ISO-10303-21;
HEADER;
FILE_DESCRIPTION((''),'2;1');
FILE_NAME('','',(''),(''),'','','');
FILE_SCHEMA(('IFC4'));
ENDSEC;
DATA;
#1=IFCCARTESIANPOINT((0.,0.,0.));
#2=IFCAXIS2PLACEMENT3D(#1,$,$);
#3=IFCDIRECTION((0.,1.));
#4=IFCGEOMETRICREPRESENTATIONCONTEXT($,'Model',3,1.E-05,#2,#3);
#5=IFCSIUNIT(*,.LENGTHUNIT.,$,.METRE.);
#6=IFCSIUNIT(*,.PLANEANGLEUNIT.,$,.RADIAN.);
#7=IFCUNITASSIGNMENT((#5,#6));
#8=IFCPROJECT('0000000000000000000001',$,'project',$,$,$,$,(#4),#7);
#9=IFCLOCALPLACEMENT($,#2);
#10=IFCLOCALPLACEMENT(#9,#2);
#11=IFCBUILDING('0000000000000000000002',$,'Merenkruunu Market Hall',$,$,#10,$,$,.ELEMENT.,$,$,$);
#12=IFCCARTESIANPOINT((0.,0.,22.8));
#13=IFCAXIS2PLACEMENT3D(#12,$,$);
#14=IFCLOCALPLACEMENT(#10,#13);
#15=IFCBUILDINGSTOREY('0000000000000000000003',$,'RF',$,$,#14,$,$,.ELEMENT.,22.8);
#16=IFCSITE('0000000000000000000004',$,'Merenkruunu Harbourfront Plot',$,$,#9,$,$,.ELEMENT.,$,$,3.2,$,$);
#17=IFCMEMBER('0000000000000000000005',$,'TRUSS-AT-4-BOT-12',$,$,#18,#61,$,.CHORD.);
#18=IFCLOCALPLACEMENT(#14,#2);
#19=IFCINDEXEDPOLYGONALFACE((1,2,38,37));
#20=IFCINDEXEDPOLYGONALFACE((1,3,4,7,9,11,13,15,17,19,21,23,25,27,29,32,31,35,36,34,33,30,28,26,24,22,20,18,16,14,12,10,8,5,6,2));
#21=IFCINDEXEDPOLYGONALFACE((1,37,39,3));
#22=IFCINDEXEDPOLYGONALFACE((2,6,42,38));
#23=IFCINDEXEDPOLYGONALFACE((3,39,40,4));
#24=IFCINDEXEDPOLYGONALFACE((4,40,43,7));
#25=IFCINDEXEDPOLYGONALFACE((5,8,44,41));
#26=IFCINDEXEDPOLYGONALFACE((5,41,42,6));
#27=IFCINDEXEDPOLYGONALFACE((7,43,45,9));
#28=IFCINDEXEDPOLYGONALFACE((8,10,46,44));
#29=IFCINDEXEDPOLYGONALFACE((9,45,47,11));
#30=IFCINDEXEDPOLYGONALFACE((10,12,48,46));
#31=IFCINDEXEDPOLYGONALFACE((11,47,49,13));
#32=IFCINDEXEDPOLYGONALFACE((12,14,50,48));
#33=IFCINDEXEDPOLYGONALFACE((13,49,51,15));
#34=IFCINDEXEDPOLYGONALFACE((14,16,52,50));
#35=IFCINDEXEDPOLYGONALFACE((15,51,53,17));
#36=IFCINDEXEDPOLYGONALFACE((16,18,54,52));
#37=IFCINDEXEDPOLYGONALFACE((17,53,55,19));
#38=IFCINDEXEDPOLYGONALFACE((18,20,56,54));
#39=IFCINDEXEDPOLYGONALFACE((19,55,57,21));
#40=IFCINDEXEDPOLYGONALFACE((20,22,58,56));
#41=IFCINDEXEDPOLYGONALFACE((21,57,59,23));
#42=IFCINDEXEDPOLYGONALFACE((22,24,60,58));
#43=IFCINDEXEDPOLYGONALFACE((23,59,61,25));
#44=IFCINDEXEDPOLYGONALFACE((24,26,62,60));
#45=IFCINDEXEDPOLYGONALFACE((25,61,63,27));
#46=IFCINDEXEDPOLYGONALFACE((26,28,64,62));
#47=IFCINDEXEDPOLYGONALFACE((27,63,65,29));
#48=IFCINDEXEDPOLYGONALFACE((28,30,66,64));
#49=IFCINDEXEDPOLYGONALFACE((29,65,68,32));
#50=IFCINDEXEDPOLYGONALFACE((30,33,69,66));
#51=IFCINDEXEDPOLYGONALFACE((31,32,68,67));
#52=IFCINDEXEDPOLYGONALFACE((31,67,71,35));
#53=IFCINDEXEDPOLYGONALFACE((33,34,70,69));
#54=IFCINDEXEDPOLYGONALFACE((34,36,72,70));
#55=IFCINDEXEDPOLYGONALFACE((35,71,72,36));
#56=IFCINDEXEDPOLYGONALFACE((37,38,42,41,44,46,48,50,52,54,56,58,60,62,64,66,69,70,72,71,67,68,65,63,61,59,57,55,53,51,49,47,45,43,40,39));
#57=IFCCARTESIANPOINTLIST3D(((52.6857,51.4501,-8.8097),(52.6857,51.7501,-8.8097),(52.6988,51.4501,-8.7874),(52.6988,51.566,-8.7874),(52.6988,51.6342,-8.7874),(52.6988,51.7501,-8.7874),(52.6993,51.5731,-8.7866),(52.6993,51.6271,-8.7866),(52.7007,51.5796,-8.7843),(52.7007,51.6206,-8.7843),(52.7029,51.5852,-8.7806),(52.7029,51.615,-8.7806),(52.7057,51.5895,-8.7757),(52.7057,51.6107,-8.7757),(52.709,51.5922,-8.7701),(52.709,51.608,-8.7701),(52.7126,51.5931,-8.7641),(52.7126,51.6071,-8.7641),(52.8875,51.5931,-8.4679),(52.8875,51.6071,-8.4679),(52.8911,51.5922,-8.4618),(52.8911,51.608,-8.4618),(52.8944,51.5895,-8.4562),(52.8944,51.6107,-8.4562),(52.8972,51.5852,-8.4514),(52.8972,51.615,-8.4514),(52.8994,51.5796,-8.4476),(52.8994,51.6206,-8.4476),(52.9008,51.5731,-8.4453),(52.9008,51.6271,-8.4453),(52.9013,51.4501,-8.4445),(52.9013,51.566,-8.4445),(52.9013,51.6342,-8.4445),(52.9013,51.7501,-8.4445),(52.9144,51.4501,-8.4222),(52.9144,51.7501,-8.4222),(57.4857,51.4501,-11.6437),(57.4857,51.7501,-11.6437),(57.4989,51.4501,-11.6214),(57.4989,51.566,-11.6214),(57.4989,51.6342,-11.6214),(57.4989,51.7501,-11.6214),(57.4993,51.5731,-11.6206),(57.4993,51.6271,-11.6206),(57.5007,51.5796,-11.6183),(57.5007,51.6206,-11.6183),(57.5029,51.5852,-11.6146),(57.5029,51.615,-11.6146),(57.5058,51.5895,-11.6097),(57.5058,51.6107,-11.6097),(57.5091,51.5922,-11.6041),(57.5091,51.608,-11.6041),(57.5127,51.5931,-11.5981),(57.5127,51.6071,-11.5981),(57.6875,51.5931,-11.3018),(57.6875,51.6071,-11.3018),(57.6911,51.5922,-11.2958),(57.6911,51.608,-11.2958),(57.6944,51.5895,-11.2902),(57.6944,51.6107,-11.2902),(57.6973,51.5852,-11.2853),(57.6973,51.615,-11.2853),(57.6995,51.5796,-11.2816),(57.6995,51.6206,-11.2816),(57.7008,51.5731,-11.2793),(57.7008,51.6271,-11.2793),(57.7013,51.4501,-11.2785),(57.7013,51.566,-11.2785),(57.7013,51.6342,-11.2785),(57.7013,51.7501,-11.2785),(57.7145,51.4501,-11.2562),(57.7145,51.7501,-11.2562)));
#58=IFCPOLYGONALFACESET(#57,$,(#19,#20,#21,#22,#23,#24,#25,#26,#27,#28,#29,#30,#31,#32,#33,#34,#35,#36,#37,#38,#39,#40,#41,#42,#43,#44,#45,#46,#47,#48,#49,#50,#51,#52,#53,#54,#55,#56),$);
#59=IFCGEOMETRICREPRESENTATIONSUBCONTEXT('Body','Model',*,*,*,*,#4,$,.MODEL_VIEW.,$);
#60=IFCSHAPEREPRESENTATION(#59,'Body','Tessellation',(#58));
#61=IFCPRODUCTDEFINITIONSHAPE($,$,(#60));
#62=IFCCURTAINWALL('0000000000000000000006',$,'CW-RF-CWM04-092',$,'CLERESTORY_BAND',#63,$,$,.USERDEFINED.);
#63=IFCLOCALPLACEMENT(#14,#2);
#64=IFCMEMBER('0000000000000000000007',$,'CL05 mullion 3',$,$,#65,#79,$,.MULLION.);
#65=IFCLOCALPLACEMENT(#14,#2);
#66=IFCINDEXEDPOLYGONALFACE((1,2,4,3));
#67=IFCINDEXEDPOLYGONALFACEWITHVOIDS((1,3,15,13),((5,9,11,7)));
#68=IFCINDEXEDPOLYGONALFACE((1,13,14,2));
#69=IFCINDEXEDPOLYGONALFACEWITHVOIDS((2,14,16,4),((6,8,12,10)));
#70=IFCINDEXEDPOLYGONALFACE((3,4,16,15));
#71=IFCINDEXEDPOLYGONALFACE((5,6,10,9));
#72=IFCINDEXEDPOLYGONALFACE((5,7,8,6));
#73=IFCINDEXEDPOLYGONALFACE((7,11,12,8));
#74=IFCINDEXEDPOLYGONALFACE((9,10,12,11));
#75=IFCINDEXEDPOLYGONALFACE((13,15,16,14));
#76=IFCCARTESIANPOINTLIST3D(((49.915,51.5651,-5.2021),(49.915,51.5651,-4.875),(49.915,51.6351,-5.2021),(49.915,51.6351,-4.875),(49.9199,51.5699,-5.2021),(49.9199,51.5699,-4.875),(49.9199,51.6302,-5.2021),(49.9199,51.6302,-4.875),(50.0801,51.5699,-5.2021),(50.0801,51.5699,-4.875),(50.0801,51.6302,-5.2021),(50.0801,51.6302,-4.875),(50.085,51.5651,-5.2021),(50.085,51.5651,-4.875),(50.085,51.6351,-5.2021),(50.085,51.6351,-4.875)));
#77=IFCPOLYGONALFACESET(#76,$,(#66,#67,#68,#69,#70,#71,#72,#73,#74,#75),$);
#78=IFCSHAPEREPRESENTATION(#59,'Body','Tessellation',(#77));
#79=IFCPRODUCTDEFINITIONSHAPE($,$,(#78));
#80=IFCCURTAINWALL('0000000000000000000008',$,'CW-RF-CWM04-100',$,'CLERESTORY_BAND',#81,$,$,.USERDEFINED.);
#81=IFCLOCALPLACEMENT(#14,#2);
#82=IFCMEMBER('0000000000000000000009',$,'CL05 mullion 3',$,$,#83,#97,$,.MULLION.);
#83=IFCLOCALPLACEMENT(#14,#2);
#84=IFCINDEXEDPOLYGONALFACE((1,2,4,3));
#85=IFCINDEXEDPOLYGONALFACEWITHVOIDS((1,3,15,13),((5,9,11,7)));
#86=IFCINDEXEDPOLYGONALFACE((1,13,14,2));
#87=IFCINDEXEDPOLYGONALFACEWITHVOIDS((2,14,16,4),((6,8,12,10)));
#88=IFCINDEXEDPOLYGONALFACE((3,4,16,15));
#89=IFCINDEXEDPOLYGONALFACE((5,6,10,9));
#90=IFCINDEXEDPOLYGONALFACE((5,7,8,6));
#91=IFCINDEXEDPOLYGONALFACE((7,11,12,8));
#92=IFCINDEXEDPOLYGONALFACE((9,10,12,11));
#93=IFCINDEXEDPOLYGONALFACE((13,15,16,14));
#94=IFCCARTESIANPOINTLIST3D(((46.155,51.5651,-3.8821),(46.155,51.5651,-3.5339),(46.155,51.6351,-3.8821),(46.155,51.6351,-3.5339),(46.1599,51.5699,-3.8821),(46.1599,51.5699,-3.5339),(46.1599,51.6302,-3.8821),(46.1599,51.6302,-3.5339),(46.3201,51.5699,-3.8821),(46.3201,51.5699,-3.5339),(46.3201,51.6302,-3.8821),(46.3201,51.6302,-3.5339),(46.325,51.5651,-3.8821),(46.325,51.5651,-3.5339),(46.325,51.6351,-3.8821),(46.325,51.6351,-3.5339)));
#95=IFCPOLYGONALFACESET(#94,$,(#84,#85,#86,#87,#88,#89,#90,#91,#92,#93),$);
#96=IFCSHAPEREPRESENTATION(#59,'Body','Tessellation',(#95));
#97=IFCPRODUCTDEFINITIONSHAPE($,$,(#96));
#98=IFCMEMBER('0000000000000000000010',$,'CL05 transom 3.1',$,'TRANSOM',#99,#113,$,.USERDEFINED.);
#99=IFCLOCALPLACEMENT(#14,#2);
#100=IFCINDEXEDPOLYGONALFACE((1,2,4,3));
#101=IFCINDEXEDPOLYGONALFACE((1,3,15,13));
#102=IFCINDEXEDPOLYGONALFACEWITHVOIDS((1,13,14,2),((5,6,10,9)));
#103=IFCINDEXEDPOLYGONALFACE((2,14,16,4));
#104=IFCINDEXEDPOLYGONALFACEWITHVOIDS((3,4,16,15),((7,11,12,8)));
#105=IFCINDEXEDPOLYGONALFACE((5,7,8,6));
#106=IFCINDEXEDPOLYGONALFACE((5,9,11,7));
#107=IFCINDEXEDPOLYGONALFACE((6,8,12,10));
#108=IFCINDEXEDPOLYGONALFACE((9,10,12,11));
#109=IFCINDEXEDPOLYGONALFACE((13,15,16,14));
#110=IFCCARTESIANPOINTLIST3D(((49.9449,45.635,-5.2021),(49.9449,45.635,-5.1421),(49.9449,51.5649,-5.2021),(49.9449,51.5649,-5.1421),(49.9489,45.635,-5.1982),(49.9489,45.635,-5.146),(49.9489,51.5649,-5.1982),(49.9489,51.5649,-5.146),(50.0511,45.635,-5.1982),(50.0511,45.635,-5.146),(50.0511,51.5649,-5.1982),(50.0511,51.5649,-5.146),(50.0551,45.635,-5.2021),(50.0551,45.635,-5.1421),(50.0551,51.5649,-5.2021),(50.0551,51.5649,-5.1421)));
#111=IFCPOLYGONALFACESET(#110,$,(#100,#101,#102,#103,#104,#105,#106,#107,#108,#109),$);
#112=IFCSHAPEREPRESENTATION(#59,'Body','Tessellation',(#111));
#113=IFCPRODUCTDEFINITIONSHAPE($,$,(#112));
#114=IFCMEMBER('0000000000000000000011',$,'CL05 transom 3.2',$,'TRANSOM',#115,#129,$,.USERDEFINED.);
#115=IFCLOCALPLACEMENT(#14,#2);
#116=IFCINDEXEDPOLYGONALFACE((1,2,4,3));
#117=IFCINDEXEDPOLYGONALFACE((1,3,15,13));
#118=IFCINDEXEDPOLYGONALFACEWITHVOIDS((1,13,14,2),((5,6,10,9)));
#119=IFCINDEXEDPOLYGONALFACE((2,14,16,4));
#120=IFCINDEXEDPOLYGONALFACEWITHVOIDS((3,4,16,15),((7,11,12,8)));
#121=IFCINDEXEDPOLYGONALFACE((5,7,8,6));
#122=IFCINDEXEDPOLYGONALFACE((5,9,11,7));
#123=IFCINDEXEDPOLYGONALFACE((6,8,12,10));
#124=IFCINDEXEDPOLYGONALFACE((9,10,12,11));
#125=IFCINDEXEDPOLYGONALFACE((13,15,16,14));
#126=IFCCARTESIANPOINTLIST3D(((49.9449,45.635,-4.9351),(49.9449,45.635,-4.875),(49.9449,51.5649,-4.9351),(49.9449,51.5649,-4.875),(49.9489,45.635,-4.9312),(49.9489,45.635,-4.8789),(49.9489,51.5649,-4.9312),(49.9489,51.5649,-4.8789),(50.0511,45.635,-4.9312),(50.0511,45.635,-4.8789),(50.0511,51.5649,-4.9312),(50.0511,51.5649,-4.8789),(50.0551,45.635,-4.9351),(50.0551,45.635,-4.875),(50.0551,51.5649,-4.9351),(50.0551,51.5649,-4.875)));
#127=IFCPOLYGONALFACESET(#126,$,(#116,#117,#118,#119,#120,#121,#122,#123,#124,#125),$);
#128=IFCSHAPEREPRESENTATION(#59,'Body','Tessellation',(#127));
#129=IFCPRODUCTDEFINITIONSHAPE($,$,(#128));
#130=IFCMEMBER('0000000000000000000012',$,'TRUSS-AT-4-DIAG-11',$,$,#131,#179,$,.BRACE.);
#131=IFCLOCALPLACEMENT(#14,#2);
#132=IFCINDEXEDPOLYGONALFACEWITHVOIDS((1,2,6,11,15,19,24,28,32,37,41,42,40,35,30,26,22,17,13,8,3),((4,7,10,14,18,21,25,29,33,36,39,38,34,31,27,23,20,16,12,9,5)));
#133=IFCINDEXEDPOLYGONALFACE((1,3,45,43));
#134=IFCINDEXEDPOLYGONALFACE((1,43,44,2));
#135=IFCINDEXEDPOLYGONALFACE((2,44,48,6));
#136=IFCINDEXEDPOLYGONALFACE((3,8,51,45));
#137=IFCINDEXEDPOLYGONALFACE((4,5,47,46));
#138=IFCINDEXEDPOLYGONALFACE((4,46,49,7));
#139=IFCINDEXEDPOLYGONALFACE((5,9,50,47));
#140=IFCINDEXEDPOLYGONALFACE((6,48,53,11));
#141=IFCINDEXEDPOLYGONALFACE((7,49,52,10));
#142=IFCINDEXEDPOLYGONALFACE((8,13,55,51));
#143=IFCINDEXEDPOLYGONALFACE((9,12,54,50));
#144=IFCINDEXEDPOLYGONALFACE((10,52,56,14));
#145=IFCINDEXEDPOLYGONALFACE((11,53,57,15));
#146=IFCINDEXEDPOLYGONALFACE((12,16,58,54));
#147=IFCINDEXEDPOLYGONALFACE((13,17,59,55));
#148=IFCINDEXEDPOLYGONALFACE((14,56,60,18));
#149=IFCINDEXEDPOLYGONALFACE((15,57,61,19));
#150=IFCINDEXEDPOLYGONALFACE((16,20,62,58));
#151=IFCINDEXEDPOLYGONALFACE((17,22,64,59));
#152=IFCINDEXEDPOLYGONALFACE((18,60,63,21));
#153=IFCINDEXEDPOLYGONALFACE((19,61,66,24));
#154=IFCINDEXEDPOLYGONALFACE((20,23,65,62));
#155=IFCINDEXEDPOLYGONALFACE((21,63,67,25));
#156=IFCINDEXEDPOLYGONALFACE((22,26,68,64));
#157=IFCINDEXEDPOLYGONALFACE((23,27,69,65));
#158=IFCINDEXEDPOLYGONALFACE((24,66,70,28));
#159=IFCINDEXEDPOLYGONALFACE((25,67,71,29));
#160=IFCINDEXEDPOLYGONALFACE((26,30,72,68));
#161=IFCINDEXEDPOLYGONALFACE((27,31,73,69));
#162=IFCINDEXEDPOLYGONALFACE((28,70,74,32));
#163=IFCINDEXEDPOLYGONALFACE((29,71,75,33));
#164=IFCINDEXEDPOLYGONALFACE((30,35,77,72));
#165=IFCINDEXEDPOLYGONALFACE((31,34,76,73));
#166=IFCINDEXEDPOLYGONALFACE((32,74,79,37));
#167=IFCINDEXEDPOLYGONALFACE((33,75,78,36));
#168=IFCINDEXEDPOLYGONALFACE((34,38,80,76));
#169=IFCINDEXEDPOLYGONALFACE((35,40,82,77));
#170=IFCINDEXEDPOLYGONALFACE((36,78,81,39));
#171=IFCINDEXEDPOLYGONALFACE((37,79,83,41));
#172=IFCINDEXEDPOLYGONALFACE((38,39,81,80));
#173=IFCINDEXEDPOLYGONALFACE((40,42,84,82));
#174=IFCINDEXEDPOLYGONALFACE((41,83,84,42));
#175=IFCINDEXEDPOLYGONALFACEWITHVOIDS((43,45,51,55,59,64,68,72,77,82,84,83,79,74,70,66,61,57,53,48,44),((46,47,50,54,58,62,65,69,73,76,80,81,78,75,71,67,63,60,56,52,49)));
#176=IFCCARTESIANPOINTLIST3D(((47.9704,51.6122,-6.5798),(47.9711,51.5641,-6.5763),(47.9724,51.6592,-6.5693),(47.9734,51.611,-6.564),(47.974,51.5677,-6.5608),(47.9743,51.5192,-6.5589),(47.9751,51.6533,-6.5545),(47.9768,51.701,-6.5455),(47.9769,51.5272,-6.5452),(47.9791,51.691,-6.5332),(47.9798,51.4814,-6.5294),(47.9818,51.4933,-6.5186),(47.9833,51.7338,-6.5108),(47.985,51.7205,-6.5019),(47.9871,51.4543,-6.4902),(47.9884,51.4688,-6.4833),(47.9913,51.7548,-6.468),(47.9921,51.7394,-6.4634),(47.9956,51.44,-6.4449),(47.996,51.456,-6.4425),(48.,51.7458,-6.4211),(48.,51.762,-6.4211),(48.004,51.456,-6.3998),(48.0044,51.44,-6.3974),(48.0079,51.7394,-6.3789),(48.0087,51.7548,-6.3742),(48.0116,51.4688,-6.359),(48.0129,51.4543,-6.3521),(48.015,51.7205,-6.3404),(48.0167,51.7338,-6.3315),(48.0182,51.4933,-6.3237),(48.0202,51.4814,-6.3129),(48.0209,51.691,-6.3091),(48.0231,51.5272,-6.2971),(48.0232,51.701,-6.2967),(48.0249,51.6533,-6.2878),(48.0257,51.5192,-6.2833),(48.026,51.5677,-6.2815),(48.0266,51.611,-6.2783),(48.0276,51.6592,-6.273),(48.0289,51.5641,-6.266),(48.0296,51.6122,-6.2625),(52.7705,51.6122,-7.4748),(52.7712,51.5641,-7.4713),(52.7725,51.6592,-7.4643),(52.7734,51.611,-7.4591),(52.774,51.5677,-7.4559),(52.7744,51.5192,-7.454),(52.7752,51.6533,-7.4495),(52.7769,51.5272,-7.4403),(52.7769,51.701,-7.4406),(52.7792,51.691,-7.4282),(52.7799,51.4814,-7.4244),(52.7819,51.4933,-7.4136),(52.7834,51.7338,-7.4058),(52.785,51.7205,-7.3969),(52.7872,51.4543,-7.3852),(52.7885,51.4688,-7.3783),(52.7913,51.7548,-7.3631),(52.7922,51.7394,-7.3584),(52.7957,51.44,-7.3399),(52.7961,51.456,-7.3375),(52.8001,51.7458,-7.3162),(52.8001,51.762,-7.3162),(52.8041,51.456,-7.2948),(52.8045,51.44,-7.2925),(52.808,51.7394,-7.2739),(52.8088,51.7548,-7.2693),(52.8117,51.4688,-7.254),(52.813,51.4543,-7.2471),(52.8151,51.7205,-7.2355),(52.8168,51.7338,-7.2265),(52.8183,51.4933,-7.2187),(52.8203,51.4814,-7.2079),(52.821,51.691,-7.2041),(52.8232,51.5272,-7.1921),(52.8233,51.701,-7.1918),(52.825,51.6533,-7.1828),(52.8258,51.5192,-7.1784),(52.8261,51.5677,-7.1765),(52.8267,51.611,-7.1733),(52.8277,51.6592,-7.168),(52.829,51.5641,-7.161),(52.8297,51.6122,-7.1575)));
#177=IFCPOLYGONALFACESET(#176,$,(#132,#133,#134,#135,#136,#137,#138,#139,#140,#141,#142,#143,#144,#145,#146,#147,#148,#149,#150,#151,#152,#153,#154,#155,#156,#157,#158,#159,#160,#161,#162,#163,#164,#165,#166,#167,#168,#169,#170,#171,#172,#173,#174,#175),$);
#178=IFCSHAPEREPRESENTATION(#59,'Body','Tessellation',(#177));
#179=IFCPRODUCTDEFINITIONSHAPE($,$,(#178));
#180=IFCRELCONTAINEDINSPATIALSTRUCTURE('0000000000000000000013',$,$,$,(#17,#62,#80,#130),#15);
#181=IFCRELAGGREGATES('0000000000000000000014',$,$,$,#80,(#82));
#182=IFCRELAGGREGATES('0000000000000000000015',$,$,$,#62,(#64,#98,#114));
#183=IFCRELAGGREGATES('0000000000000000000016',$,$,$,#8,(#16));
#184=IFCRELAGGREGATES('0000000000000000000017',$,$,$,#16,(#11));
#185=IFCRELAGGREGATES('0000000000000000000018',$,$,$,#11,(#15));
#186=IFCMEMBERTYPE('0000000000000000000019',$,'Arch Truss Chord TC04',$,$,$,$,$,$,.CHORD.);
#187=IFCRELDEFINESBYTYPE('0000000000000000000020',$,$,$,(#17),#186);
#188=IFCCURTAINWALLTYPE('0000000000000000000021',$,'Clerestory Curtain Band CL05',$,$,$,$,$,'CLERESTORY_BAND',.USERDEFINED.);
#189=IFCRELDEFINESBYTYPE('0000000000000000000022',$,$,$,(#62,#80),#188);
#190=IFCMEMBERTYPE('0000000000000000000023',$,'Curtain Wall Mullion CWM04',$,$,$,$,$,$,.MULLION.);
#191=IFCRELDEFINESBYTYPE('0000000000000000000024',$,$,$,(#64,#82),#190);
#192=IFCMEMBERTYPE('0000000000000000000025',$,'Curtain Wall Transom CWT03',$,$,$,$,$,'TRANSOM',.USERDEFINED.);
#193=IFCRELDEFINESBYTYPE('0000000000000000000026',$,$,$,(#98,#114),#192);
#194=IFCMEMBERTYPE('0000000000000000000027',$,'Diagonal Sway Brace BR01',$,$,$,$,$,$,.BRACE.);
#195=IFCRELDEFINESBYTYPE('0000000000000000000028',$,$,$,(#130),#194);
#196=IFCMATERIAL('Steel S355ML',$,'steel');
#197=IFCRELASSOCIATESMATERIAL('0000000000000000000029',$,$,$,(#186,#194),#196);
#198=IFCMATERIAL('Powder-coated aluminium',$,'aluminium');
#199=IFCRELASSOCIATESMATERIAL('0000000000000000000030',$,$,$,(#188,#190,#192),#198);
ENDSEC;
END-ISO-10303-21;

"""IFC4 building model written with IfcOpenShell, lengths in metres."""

from ifc_helpers import new_model, si_unit, direction, frame, origin, origin_2d, place, context, subcontext, project, spatial, hollow_rectangle, hollow_circle, i_section, extrude, material, material_profile, profile_set, type_object, element, aggregate, save


model = new_model("IFC4")

# Units and contexts
model_context = context("Model", 3, precision=1e-05, world=origin(), true_north=direction((0.0, 1.0)))
body_context = subcontext(model_context, "Body", "Model", "MODEL_VIEW")
ifc_project = project(units=[si_unit("LENGTHUNIT", "METRE"), si_unit("PLANEANGLEUNIT", "RADIAN")], contexts=[model_context])

# Site, building, storey
site_placement = place(None, origin())
site = spatial("IfcSite", under=ifc_project, at=site_placement, Name="Merenkruunu Harbourfront Plot", CompositionType="ELEMENT", RefElevation=3.2)
building_placement = place(site_placement, origin())
building = spatial("IfcBuilding", under=site, at=building_placement, Name="Merenkruunu Market Hall", CompositionType="ELEMENT")
storey_placement = place(building_placement, frame((0.0, 0.0, 22.8)))
storey = spatial("IfcBuildingStorey", under=building, at=storey_placement, Name="RF", CompositionType="ELEMENT", Elevation=22.8)

# Member
ifc_material_1 = material(Name="Steel S355ML", Category="steel")
ifc_material_profile_1 = material_profile(ifc_material_1, i_section(OverallWidth=0.3, OverallDepth=0.45, WebThickness=0.0139, FlangeThickness=0.0259, FilletRadius=0.0271, at=origin_2d()), Name="HEB 450")
ifc_profile_set_1 = profile_set([ifc_material_profile_1], Name="Steel S355ML")
member_type_1 = type_object("IfcMemberType", Name="Arch Truss Chord TC04", PredefinedType="CHORD", material=ifc_profile_set_1)
member_1_placement = place(storey_placement, frame((52.8, 51.6001, -8.616), z_axis=(0.861116, 0.0, -0.508409), x_axis=(0.0, 1.0, 0.0)))
element("IfcMember", 1, at=member_1_placement, inside=storey, type_object=member_type_1, Name="TRUSS-AT-4-BOT-12", PredefinedType="CHORD", context=body_context, shape_type="SweptSolid", body=[
    extrude(i_section(OverallWidth=0.3, OverallDepth=0.45, WebThickness=0.0139, FlangeThickness=0.0259, FilletRadius=0.0271, at=origin_2d()), origin(), (0.0, 0.0, 1.0), 5.5742),
])

# Curtain walls, members
ifc_material_2 = material(Name="Powder-coated aluminium", Category="aluminium")
curtain_wall_type = type_object("IfcCurtainWallType", Name="Clerestory Curtain Band CL05", ElementType="CLERESTORY_BAND", PredefinedType="USERDEFINED", material=ifc_material_2)
curtain_wall_1_placement = place(storey_placement, origin())
curtain_wall_1 = element("IfcCurtainWall", 2, at=curtain_wall_1_placement, inside=storey, type_object=curtain_wall_type, Name="CW-RF-CWM04-092", ObjectType="CLERESTORY_BAND", PredefinedType="USERDEFINED")
ifc_material_profile_2 = material_profile(ifc_material_2, hollow_rectangle(XDim=0.0701, YDim=0.1699, WallThickness=0.0049, at=origin_2d()), Name="ALU 70x170x5")
ifc_profile_set_2 = profile_set([ifc_material_profile_2], Name="Powder-coated aluminium")
member_type_2 = type_object("IfcMemberType", Name="Curtain Wall Mullion CWM04", PredefinedType="MULLION", material=ifc_profile_set_2)
member_2_placement = place(storey_placement, frame((50.0, 51.6001, -5.2021), z_axis=(0.0, 0.0, 1.0), x_axis=(0.0, -1.0, 0.0)))
member_2 = element("IfcMember", 3, at=member_2_placement, type_object=member_type_2, Name="CL05 mullion 3", PredefinedType="MULLION", context=body_context, shape_type="SweptSolid", body=[
    extrude(hollow_rectangle(XDim=0.0701, YDim=0.1699, WallThickness=0.0049, at=origin_2d()), origin(), (0.0, 0.0, 1.0), 0.3271),
])
curtain_wall_2_placement = place(storey_placement, origin())
curtain_wall_2 = element("IfcCurtainWall", 4, at=curtain_wall_2_placement, inside=storey, type_object=curtain_wall_type, Name="CW-RF-CWM04-100", ObjectType="CLERESTORY_BAND", PredefinedType="USERDEFINED")
member_3_placement = place(storey_placement, frame((46.24, 51.6001, -3.8821), z_axis=(0.0, 0.0, 1.0), x_axis=(0.0, -1.0, 0.0)))
member_3 = element("IfcMember", 5, at=member_3_placement, type_object=member_type_2, Name="CL05 mullion 3", PredefinedType="MULLION", context=body_context, shape_type="SweptSolid", body=[
    extrude(hollow_rectangle(XDim=0.0701, YDim=0.1699, WallThickness=0.0049, at=origin_2d()), origin(), (0.0, 0.0, 1.0), 0.3481),
])
aggregate(curtain_wall_2, [member_3])

# Members
ifc_material_profile_3 = material_profile(ifc_material_2, hollow_rectangle(XDim=0.0601, YDim=0.1101, WallThickness=0.0039, at=origin_2d()), Name="ALU 60x110x4")
ifc_profile_set_3 = profile_set([ifc_material_profile_3], Name="Powder-coated aluminium")
member_type_3 = type_object("IfcMemberType", Name="Curtain Wall Transom CWT03", ElementType="TRANSOM", PredefinedType="USERDEFINED", material=ifc_profile_set_3)
member_4_placement = place(storey_placement, frame((50.0, 51.5649, -5.1721), z_axis=(0.0, -1.0, 0.0), x_axis=(0.0, 0.0, 1.0)))
member_4 = element("IfcMember", 6, at=member_4_placement, type_object=member_type_3, Name="CL05 transom 3.1", ObjectType="TRANSOM", PredefinedType="USERDEFINED", context=body_context, shape_type="SweptSolid", body=[
    extrude(hollow_rectangle(XDim=0.0601, YDim=0.1101, WallThickness=0.0039, at=origin_2d()), origin(), (0.0, 0.0, 1.0), 5.9299),
])
member_5_placement = place(storey_placement, frame((50.0, 51.5649, -4.905), z_axis=(0.0, -1.0, 0.0), x_axis=(0.0, 0.0, 1.0)))
member_5 = element("IfcMember", 7, at=member_5_placement, type_object=member_type_3, Name="CL05 transom 3.2", ObjectType="TRANSOM", PredefinedType="USERDEFINED", context=body_context, shape_type="SweptSolid", body=[
    extrude(hollow_rectangle(XDim=0.0601, YDim=0.1101, WallThickness=0.0039, at=origin_2d()), origin(), (0.0, 0.0, 1.0), 5.9299),
])
aggregate(curtain_wall_1, [member_2, member_4, member_5])

# Member
ifc_material_profile_4 = material_profile(ifc_material_1, hollow_circle(Radius=0.1619, WallThickness=0.0161, at=origin_2d()), Name="CHS 323.9x16")
ifc_profile_set_4 = profile_set([ifc_material_profile_4], Name="Steel S355ML")
member_type_4 = type_object("IfcMemberType", Name="Diagonal Sway Brace BR01", PredefinedType="BRACE", material=ifc_profile_set_4)
member_6_placement = place(storey_placement, frame((48.0, 51.6001, -6.4211), z_axis=(0.983057, 0.0, -0.183301), x_axis=(0.0, 1.0, 0.0)))
element("IfcMember", 8, at=member_6_placement, inside=storey, type_object=member_type_4, Name="TRUSS-AT-4-DIAG-11", PredefinedType="BRACE", context=body_context, shape_type="SweptSolid", body=[
    extrude(hollow_circle(Radius=0.1619, WallThickness=0.0161, at=origin_2d()), origin(), (0.0, 0.0, 1.0), 4.8828),
])

save(model, "model.ifc")
